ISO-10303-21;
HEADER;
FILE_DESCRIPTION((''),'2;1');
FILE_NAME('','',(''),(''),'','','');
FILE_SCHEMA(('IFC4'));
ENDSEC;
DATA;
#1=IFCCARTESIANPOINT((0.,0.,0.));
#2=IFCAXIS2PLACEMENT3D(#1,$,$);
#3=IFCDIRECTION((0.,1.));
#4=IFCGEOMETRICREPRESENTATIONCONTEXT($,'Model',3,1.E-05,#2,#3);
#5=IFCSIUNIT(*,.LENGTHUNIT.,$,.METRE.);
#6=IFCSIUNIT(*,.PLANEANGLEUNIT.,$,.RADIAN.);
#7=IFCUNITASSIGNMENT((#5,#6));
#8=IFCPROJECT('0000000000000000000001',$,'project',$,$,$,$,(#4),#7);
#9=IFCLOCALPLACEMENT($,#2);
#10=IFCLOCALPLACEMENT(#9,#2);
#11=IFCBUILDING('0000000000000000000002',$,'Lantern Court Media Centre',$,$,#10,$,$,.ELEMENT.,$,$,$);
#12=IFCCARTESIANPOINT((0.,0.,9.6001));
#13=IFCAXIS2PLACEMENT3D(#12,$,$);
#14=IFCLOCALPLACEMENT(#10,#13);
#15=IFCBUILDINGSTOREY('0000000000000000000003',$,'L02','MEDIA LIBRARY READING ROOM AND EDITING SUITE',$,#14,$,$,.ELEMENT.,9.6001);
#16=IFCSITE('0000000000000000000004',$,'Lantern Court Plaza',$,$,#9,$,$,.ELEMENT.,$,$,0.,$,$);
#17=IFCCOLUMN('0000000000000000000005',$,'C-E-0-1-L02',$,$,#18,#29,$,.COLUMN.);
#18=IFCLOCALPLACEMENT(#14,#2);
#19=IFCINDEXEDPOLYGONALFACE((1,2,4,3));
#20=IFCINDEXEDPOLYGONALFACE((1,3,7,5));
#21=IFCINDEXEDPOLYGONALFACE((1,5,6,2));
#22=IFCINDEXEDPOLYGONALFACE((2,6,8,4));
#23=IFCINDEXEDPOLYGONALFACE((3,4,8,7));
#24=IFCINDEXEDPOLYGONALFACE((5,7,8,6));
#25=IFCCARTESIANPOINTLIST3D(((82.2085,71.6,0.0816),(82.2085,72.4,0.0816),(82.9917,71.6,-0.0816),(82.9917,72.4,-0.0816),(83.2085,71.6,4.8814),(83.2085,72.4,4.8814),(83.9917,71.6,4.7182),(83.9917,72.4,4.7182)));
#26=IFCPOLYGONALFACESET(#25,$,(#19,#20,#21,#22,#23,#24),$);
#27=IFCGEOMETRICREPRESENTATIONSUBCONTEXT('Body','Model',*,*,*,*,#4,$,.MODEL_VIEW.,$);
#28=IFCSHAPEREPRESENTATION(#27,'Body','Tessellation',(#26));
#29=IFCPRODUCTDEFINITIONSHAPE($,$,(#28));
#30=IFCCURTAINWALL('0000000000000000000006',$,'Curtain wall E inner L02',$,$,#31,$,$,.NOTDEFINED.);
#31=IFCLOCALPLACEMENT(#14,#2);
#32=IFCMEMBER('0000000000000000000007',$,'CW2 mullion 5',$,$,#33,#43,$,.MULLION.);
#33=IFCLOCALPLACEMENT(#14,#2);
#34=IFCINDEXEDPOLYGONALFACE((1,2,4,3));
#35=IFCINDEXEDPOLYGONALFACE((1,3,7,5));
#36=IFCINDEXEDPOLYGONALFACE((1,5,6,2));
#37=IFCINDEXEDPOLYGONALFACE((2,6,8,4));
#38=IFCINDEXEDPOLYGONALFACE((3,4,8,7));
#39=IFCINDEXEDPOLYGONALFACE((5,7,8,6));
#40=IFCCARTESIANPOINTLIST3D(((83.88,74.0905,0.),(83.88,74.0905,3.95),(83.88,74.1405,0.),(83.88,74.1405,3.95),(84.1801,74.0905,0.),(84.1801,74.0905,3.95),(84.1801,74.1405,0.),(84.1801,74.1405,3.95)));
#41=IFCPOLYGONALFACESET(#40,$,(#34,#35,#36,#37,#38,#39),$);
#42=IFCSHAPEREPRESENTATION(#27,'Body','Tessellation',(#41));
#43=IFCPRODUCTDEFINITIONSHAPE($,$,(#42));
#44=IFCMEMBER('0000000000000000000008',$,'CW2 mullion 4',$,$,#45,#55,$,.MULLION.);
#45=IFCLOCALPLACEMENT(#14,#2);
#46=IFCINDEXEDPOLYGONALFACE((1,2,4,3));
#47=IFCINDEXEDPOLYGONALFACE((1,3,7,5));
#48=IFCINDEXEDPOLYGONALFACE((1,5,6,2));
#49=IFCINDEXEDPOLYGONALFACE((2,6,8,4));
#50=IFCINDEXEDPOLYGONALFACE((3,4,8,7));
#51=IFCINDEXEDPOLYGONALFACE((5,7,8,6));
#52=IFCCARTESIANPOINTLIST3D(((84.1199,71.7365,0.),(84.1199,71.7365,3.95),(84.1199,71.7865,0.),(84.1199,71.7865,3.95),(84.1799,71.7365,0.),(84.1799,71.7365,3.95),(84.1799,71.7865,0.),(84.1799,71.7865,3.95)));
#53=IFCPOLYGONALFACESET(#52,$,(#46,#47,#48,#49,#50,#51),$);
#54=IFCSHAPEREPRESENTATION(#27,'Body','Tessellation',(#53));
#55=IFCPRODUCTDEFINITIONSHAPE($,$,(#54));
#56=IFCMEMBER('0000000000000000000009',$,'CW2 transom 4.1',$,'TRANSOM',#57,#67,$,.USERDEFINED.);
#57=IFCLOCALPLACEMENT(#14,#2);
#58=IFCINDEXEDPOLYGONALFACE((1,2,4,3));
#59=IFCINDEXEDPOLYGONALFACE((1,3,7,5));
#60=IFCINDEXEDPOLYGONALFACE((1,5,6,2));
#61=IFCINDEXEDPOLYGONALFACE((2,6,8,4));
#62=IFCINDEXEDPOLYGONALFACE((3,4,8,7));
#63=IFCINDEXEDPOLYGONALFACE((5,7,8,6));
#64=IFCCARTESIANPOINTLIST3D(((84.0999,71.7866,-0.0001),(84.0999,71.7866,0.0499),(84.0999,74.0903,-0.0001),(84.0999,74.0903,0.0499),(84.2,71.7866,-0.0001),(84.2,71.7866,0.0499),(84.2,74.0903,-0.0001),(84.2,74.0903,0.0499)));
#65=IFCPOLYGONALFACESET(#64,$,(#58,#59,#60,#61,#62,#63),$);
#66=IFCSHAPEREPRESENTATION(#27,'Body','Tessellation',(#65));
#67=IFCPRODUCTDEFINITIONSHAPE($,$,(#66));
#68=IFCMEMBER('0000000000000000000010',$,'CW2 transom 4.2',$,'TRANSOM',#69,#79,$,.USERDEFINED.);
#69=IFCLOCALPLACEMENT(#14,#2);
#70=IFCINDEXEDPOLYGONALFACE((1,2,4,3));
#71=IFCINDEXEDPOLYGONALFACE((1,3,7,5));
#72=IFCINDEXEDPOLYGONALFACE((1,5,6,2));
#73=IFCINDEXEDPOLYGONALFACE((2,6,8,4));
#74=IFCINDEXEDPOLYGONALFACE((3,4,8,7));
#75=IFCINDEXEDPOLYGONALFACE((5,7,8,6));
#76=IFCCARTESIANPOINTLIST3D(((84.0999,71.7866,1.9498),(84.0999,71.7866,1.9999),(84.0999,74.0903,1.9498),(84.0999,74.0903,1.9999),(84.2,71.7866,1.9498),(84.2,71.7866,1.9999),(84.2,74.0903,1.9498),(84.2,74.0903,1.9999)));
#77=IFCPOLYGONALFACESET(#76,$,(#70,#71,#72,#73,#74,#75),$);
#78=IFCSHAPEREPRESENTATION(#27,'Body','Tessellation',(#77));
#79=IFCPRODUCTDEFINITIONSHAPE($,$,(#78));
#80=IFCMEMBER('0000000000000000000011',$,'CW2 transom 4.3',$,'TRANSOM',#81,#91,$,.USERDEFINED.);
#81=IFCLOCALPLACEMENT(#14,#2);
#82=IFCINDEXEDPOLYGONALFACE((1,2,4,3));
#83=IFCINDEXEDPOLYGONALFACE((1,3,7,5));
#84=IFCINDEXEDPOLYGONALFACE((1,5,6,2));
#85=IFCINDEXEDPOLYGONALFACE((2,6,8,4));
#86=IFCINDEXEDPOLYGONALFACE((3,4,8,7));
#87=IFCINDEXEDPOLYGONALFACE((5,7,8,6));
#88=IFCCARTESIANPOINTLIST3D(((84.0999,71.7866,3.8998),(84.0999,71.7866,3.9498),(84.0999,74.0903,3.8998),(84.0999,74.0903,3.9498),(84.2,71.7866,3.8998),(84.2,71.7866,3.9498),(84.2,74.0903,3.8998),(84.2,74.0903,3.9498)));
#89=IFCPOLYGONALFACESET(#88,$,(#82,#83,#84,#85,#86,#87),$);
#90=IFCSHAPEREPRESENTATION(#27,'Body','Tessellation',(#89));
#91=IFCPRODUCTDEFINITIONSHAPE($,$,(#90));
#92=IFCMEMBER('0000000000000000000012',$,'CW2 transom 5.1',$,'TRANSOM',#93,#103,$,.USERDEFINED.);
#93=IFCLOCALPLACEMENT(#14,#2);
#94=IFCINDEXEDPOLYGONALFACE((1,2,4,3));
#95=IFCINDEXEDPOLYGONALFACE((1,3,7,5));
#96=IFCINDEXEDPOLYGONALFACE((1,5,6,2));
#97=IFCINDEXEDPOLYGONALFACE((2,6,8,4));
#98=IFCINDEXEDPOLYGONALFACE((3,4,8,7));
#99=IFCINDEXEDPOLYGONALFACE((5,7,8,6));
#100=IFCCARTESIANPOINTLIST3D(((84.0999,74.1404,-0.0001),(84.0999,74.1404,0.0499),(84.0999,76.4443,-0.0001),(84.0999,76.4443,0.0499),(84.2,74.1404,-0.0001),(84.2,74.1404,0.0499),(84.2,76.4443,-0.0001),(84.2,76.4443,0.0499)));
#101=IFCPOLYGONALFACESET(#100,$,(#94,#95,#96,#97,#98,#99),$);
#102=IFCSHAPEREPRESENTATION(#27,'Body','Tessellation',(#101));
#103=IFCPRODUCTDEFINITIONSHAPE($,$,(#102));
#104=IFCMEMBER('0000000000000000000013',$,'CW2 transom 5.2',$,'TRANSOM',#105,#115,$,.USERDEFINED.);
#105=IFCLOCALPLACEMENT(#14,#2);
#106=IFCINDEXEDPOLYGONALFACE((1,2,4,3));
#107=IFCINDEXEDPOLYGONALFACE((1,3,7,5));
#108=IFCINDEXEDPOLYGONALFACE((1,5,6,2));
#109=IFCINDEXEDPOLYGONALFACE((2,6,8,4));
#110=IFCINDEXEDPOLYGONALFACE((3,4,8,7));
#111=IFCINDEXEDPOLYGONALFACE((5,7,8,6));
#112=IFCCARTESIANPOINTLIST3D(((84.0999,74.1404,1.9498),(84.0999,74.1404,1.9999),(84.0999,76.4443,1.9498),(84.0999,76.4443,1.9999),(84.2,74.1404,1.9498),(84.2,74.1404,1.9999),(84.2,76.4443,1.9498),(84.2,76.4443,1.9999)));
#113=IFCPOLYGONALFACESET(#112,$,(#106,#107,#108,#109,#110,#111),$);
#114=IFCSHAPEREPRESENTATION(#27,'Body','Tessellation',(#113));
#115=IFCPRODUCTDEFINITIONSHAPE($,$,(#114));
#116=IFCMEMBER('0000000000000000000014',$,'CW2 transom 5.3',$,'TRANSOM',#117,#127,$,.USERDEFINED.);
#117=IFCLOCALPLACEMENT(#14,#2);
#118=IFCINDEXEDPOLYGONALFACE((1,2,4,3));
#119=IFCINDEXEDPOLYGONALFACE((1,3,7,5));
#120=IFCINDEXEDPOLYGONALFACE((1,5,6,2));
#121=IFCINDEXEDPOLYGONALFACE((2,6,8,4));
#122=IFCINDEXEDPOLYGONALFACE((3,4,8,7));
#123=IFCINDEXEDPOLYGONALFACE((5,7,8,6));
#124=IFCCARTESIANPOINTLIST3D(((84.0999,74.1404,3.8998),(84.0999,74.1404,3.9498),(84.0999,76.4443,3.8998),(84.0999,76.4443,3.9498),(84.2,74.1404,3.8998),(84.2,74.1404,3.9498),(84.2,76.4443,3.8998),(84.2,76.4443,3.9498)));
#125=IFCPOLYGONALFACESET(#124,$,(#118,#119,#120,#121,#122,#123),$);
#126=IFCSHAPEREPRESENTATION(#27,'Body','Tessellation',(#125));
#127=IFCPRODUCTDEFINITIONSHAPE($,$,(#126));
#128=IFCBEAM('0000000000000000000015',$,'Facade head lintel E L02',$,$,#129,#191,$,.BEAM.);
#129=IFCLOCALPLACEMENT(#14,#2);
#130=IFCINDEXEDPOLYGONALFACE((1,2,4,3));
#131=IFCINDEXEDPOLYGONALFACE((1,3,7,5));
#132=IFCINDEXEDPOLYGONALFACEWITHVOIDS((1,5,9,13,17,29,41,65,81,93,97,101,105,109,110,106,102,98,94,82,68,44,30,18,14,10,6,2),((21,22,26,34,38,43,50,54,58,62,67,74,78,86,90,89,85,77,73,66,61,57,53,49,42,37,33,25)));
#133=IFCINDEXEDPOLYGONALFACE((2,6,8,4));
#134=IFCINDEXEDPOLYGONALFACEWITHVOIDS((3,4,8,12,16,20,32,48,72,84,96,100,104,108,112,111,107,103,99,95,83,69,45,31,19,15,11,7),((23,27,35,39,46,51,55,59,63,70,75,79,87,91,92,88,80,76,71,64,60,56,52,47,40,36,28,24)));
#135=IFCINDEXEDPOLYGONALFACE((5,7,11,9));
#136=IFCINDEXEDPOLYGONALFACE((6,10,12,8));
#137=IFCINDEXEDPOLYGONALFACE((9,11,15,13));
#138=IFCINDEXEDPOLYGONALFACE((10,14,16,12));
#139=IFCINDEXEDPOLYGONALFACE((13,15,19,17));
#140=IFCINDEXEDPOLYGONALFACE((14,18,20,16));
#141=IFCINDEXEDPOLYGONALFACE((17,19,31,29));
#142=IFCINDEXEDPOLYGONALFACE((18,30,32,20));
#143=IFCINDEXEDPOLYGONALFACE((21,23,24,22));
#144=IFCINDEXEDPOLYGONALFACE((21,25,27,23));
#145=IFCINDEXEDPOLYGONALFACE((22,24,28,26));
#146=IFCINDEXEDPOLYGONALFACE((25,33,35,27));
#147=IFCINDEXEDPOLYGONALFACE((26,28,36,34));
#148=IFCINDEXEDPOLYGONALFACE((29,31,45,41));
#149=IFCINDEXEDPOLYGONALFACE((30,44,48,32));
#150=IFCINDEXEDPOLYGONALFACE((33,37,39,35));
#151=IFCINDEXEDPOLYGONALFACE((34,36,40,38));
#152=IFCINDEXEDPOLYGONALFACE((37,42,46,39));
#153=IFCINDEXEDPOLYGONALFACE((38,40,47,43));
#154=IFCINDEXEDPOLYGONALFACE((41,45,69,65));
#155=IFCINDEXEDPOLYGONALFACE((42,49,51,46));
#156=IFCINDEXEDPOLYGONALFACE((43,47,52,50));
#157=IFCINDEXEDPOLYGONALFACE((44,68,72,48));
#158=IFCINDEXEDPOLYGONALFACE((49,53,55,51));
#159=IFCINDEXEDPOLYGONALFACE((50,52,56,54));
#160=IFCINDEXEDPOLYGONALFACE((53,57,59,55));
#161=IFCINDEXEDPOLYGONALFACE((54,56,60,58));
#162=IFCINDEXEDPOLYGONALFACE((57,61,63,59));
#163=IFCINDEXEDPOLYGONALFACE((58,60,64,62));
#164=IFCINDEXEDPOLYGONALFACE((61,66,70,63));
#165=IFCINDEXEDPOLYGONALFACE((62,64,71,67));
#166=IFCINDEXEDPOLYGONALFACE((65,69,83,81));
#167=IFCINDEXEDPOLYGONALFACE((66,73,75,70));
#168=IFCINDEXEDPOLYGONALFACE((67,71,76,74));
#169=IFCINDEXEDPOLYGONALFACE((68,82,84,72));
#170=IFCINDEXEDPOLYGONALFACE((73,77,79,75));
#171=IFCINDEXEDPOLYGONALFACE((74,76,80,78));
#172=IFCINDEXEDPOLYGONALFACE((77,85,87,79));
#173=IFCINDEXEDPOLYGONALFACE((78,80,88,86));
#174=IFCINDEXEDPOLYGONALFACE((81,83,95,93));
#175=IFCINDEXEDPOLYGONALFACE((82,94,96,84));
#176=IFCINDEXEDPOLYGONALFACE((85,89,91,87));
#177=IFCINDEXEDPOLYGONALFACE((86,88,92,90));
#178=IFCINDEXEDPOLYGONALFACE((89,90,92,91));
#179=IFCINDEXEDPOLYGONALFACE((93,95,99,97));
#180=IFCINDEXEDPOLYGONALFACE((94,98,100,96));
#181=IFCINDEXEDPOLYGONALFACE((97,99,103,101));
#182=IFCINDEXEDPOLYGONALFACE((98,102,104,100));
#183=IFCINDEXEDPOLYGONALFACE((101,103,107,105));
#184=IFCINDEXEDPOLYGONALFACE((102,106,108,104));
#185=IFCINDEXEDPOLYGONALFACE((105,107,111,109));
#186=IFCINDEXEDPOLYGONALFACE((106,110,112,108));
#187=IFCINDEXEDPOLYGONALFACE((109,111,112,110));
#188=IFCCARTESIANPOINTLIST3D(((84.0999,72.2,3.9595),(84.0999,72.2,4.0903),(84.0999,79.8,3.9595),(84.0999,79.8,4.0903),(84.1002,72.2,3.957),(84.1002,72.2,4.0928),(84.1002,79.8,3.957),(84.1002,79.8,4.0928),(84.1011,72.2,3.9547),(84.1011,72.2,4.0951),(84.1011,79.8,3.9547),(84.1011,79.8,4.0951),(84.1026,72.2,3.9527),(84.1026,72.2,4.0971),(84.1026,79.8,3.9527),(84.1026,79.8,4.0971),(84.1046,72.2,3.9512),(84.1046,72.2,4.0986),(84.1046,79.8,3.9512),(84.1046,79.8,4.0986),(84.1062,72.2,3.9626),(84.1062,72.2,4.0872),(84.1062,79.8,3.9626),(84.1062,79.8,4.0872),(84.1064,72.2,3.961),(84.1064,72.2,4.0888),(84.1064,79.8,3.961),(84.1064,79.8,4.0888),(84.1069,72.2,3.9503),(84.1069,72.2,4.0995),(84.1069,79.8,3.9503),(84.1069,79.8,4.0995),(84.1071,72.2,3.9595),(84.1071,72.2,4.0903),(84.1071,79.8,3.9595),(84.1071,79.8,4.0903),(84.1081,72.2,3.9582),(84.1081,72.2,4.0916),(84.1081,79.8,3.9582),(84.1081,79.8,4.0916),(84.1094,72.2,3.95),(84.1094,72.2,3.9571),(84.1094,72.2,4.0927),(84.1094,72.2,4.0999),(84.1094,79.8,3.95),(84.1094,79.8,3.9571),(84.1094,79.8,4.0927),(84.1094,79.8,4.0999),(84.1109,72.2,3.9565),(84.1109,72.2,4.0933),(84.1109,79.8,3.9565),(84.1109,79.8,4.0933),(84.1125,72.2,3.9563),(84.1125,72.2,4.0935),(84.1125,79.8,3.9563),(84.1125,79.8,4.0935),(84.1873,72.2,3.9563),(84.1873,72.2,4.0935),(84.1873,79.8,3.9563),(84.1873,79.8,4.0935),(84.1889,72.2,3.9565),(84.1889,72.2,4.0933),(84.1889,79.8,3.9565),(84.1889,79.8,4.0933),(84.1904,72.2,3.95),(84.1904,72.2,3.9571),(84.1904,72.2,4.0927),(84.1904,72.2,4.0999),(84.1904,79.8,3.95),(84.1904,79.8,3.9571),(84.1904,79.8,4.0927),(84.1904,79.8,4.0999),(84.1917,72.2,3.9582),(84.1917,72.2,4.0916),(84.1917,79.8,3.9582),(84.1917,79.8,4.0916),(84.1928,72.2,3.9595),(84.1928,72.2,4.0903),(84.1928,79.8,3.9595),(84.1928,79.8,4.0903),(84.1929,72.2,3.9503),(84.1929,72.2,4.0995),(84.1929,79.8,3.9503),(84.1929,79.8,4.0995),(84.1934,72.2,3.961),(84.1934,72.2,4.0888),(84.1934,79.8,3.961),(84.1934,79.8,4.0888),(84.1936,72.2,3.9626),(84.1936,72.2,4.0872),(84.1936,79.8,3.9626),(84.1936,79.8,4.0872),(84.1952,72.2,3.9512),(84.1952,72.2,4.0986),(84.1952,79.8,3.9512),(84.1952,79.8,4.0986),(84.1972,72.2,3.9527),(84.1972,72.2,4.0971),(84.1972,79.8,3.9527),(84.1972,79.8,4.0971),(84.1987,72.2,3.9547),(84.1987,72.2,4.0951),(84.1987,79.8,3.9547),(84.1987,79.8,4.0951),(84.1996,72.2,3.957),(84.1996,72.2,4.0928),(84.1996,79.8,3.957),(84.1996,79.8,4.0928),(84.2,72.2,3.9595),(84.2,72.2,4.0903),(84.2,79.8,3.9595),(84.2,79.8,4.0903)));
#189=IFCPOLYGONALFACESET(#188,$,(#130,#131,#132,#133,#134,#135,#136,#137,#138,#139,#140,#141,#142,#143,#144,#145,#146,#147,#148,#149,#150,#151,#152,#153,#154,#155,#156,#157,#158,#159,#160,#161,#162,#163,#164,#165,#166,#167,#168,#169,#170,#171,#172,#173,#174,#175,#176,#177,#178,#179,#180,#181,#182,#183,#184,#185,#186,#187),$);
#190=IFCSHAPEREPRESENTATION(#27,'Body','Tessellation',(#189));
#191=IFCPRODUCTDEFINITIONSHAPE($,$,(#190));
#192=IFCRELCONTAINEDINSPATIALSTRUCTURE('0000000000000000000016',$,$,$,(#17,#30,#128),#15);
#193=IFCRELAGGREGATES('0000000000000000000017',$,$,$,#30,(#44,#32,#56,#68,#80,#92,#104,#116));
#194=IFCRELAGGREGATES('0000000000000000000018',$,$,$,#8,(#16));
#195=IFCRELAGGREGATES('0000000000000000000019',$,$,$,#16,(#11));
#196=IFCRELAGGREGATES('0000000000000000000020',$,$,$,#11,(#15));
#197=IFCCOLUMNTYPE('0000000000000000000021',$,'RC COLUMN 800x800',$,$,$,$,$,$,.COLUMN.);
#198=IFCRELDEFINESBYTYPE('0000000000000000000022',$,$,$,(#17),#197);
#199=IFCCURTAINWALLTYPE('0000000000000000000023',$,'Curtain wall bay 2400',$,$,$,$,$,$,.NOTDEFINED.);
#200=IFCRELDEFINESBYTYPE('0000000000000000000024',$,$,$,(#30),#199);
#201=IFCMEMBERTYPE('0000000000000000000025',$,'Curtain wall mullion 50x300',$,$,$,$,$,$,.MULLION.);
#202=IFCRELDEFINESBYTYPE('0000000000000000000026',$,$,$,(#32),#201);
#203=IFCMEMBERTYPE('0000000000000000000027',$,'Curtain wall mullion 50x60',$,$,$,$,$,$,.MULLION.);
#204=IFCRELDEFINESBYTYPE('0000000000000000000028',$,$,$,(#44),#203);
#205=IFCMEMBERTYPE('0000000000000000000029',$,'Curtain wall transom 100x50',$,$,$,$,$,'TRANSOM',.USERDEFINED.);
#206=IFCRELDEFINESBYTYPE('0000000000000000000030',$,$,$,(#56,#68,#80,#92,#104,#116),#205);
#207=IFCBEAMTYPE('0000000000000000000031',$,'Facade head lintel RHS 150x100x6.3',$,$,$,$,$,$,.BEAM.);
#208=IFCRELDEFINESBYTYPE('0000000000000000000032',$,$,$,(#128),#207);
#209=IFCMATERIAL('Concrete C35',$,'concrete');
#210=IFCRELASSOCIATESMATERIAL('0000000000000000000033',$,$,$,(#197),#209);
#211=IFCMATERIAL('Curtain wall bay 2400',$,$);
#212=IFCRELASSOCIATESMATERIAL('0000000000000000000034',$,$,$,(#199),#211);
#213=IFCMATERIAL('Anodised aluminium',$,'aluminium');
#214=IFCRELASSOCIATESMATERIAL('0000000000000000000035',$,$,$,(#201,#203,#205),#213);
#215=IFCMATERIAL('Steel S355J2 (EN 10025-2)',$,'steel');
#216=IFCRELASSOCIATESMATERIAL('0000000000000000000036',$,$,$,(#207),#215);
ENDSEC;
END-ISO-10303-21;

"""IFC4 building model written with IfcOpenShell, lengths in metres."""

from ifc_helpers import new_model, si_unit, direction, frame, origin, origin_2d, place, context, subcontext, project, spatial, rectangle, hollow_rectangle, extrude, material, material_profile, profile_set, type_object, element, aggregate, save


model = new_model("IFC4")

# Units and contexts
model_context = context("Model", 3, precision=1e-05, world=origin(), true_north=direction((0.0, 1.0)))
body_context = subcontext(model_context, "Body", "Model", "MODEL_VIEW")
ifc_project = project(units=[si_unit("LENGTHUNIT", "METRE"), si_unit("PLANEANGLEUNIT", "RADIAN")], contexts=[model_context])

# Site, building, storey
site_placement = place(None, origin())
site = spatial("IfcSite", under=ifc_project, at=site_placement, Name="Lantern Court Plaza", CompositionType="ELEMENT", RefElevation=0.0)
building_placement = place(site_placement, origin())
building = spatial("IfcBuilding", under=site, at=building_placement, Name="Lantern Court Media Centre", CompositionType="ELEMENT")
storey_placement = place(building_placement, frame((0.0, 0.0, 9.6001)))
storey = spatial("IfcBuildingStorey", under=building, at=storey_placement, Name="L02", Description="MEDIA LIBRARY READING ROOM AND EDITING SUITE", CompositionType="ELEMENT", Elevation=9.6001)

# Column
ifc_material_1 = material(Name="Concrete C35", Category="concrete")
ifc_material_profile_1 = material_profile(ifc_material_1, rectangle(XDim=0.8, YDim=0.8, at=origin_2d()), Name="RC 800x800")
ifc_profile_set_1 = profile_set([ifc_material_profile_1], Name="Concrete C35")
column_type = type_object("IfcColumnType", Name="RC COLUMN 800x800", PredefinedType="COLUMN", material=ifc_profile_set_1)
column_placement = place(storey_placement, frame((82.6001, 72.0, 0.0), z_axis=(0.203962, 0.0, 0.978979), x_axis=(0.0, 1.0, 0.0)))
element("IfcColumn", 1, at=column_placement, inside=storey, type_object=column_type, Name="C-E-0-1-L02", PredefinedType="COLUMN", context=body_context, shape_type="SweptSolid", body=[
    extrude(rectangle(XDim=0.8, YDim=0.8, at=origin_2d()), origin(), (0.0, 0.0, 1.0), 4.9028),
])

# Curtain wall, members
ifc_material_2 = material(Name="Curtain wall bay 2400")
curtain_wall_type = type_object("IfcCurtainWallType", Name="Curtain wall bay 2400", PredefinedType="NOTDEFINED", material=ifc_material_2)
curtain_wall_placement = place(storey_placement, origin())
curtain_wall = element("IfcCurtainWall", 2, at=curtain_wall_placement, inside=storey, type_object=curtain_wall_type, Name="Curtain wall E inner L02", PredefinedType="NOTDEFINED")
ifc_material_3 = material(Name="Anodised aluminium", Category="aluminium")
ifc_material_profile_2 = material_profile(ifc_material_3, rectangle(XDim=0.3, YDim=0.05, at=origin_2d()), Name="AL 50x300")
ifc_profile_set_2 = profile_set([ifc_material_profile_2], Name="Anodised aluminium")
member_type_1 = type_object("IfcMemberType", Name="Curtain wall mullion 50x300", PredefinedType="MULLION", material=ifc_profile_set_2)
member_1_placement = place(storey_placement, frame((84.03, 74.1155, 0.0), z_axis=(0.0, 0.0, 1.0), x_axis=(-1.0, 0.0, 0.0)))
member_1 = element("IfcMember", 3, at=member_1_placement, type_object=member_type_1, Name="CW2 mullion 5", PredefinedType="MULLION", context=body_context, shape_type="SweptSolid", body=[
    extrude(rectangle(XDim=0.3, YDim=0.05, at=origin_2d()), origin(), (0.0, 0.0, 1.0), 3.95),
])
ifc_material_profile_3 = material_profile(ifc_material_3, rectangle(XDim=0.0601, YDim=0.05, at=origin_2d()), Name="AL 50x60")
ifc_profile_set_3 = profile_set([ifc_material_profile_3], Name="Anodised aluminium")
member_type_2 = type_object("IfcMemberType", Name="Curtain wall mullion 50x60", PredefinedType="MULLION", material=ifc_profile_set_3)
member_2_placement = place(storey_placement, frame((84.1499, 71.7615, 0.0), z_axis=(0.0, 0.0, 1.0), x_axis=(-1.0, 0.0, 0.0)))
member_2 = element("IfcMember", 4, at=member_2_placement, type_object=member_type_2, Name="CW2 mullion 4", PredefinedType="MULLION", context=body_context, shape_type="SweptSolid", body=[
    extrude(rectangle(XDim=0.0601, YDim=0.05, at=origin_2d()), origin(), (0.0, 0.0, 1.0), 3.95),
])
ifc_material_profile_4 = material_profile(ifc_material_3, rectangle(XDim=0.1001, YDim=0.05, at=origin_2d()), Name="AL 50x100")
ifc_profile_set_4 = profile_set([ifc_material_profile_4], Name="Anodised aluminium")
member_type_3 = type_object("IfcMemberType", Name="Curtain wall transom 100x50", ElementType="TRANSOM", PredefinedType="USERDEFINED", material=ifc_profile_set_4)
member_3_placement = place(storey_placement, frame((84.1499, 71.7866, 0.0249), z_axis=(0.0, 1.0, 0.0), x_axis=(-1.0, 0.0, 0.0)))
member_3 = element("IfcMember", 5, at=member_3_placement, type_object=member_type_3, Name="CW2 transom 4.1", ObjectType="TRANSOM", PredefinedType="USERDEFINED", context=body_context, shape_type="SweptSolid", body=[
    extrude(rectangle(XDim=0.1001, YDim=0.05, at=origin_2d()), origin(), (0.0, 0.0, 1.0), 2.3037),
])
member_4_placement = place(storey_placement, frame((84.1499, 71.7866, 1.9749), z_axis=(0.0, 1.0, 0.0), x_axis=(-1.0, 0.0, 0.0)))
member_4 = element("IfcMember", 6, at=member_4_placement, type_object=member_type_3, Name="CW2 transom 4.2", ObjectType="TRANSOM", PredefinedType="USERDEFINED", context=body_context, shape_type="SweptSolid", body=[
    extrude(rectangle(XDim=0.1001, YDim=0.05, at=origin_2d()), origin(), (0.0, 0.0, 1.0), 2.3037),
])
member_5_placement = place(storey_placement, frame((84.1499, 71.7866, 3.9248), z_axis=(0.0, 1.0, 0.0), x_axis=(-1.0, 0.0, 0.0)))
member_5 = element("IfcMember", 7, at=member_5_placement, type_object=member_type_3, Name="CW2 transom 4.3", ObjectType="TRANSOM", PredefinedType="USERDEFINED", context=body_context, shape_type="SweptSolid", body=[
    extrude(rectangle(XDim=0.1001, YDim=0.05, at=origin_2d()), origin(), (0.0, 0.0, 1.0), 2.3037),
])
member_6_placement = place(storey_placement, frame((84.1499, 74.1404, 0.0249), z_axis=(0.0, 1.0, 0.0), x_axis=(-1.0, 0.0, 0.0)))
member_6 = element("IfcMember", 8, at=member_6_placement, type_object=member_type_3, Name="CW2 transom 5.1", ObjectType="TRANSOM", PredefinedType="USERDEFINED", context=body_context, shape_type="SweptSolid", body=[
    extrude(rectangle(XDim=0.1001, YDim=0.05, at=origin_2d()), origin(), (0.0, 0.0, 1.0), 2.304),
])
member_7_placement = place(storey_placement, frame((84.1499, 74.1404, 1.9749), z_axis=(0.0, 1.0, 0.0), x_axis=(-1.0, 0.0, 0.0)))
member_7 = element("IfcMember", 9, at=member_7_placement, type_object=member_type_3, Name="CW2 transom 5.2", ObjectType="TRANSOM", PredefinedType="USERDEFINED", context=body_context, shape_type="SweptSolid", body=[
    extrude(rectangle(XDim=0.1001, YDim=0.05, at=origin_2d()), origin(), (0.0, 0.0, 1.0), 2.304),
])
member_8_placement = place(storey_placement, frame((84.1499, 74.1404, 3.9248), z_axis=(0.0, 1.0, 0.0), x_axis=(-1.0, 0.0, 0.0)))
member_8 = element("IfcMember", 10, at=member_8_placement, type_object=member_type_3, Name="CW2 transom 5.3", ObjectType="TRANSOM", PredefinedType="USERDEFINED", context=body_context, shape_type="SweptSolid", body=[
    extrude(rectangle(XDim=0.1001, YDim=0.05, at=origin_2d()), origin(), (0.0, 0.0, 1.0), 2.304),
])

# Beam
ifc_material_4 = material(Name="Steel S355J2 (EN 10025-2)", Category="steel")
ifc_material_profile_5 = material_profile(ifc_material_4, hollow_rectangle(XDim=0.1001, YDim=0.1499, WallThickness=0.0063, InnerFilletRadius=0.0063, OuterFilletRadius=0.0095, at=origin_2d()), Name="Facade head lintel RHS 150x100x6.3")
ifc_profile_set_5 = profile_set([ifc_material_profile_5], Name="Steel S355J2 (EN 10025-2)")
beam_type_1 = type_object("IfcBeamType", Name="Facade head lintel RHS 150x100x6.3", PredefinedType="BEAM", material=ifc_profile_set_5)
beam_1_placement = place(storey_placement, frame((84.1499, 72.2, 4.0249), z_axis=(0.0, 1.0, 0.0), x_axis=(-1.0, 0.0, 0.0)))
element("IfcBeam", 11, at=beam_1_placement, inside=storey, type_object=beam_type_1, Name="Facade head lintel E L02", PredefinedType="BEAM", context=body_context, shape_type="SweptSolid", body=[
    extrude(hollow_rectangle(XDim=0.1001, YDim=0.1499, WallThickness=0.0063, InnerFilletRadius=0.0063, OuterFilletRadius=0.0095, at=origin_2d()), origin(), (0.0, 0.0, 1.0), 7.6001),
])

aggregate(curtain_wall, [member_2, member_1, member_3, member_4, member_5, member_6, member_7, member_8])

save(model, "model.ifc")
